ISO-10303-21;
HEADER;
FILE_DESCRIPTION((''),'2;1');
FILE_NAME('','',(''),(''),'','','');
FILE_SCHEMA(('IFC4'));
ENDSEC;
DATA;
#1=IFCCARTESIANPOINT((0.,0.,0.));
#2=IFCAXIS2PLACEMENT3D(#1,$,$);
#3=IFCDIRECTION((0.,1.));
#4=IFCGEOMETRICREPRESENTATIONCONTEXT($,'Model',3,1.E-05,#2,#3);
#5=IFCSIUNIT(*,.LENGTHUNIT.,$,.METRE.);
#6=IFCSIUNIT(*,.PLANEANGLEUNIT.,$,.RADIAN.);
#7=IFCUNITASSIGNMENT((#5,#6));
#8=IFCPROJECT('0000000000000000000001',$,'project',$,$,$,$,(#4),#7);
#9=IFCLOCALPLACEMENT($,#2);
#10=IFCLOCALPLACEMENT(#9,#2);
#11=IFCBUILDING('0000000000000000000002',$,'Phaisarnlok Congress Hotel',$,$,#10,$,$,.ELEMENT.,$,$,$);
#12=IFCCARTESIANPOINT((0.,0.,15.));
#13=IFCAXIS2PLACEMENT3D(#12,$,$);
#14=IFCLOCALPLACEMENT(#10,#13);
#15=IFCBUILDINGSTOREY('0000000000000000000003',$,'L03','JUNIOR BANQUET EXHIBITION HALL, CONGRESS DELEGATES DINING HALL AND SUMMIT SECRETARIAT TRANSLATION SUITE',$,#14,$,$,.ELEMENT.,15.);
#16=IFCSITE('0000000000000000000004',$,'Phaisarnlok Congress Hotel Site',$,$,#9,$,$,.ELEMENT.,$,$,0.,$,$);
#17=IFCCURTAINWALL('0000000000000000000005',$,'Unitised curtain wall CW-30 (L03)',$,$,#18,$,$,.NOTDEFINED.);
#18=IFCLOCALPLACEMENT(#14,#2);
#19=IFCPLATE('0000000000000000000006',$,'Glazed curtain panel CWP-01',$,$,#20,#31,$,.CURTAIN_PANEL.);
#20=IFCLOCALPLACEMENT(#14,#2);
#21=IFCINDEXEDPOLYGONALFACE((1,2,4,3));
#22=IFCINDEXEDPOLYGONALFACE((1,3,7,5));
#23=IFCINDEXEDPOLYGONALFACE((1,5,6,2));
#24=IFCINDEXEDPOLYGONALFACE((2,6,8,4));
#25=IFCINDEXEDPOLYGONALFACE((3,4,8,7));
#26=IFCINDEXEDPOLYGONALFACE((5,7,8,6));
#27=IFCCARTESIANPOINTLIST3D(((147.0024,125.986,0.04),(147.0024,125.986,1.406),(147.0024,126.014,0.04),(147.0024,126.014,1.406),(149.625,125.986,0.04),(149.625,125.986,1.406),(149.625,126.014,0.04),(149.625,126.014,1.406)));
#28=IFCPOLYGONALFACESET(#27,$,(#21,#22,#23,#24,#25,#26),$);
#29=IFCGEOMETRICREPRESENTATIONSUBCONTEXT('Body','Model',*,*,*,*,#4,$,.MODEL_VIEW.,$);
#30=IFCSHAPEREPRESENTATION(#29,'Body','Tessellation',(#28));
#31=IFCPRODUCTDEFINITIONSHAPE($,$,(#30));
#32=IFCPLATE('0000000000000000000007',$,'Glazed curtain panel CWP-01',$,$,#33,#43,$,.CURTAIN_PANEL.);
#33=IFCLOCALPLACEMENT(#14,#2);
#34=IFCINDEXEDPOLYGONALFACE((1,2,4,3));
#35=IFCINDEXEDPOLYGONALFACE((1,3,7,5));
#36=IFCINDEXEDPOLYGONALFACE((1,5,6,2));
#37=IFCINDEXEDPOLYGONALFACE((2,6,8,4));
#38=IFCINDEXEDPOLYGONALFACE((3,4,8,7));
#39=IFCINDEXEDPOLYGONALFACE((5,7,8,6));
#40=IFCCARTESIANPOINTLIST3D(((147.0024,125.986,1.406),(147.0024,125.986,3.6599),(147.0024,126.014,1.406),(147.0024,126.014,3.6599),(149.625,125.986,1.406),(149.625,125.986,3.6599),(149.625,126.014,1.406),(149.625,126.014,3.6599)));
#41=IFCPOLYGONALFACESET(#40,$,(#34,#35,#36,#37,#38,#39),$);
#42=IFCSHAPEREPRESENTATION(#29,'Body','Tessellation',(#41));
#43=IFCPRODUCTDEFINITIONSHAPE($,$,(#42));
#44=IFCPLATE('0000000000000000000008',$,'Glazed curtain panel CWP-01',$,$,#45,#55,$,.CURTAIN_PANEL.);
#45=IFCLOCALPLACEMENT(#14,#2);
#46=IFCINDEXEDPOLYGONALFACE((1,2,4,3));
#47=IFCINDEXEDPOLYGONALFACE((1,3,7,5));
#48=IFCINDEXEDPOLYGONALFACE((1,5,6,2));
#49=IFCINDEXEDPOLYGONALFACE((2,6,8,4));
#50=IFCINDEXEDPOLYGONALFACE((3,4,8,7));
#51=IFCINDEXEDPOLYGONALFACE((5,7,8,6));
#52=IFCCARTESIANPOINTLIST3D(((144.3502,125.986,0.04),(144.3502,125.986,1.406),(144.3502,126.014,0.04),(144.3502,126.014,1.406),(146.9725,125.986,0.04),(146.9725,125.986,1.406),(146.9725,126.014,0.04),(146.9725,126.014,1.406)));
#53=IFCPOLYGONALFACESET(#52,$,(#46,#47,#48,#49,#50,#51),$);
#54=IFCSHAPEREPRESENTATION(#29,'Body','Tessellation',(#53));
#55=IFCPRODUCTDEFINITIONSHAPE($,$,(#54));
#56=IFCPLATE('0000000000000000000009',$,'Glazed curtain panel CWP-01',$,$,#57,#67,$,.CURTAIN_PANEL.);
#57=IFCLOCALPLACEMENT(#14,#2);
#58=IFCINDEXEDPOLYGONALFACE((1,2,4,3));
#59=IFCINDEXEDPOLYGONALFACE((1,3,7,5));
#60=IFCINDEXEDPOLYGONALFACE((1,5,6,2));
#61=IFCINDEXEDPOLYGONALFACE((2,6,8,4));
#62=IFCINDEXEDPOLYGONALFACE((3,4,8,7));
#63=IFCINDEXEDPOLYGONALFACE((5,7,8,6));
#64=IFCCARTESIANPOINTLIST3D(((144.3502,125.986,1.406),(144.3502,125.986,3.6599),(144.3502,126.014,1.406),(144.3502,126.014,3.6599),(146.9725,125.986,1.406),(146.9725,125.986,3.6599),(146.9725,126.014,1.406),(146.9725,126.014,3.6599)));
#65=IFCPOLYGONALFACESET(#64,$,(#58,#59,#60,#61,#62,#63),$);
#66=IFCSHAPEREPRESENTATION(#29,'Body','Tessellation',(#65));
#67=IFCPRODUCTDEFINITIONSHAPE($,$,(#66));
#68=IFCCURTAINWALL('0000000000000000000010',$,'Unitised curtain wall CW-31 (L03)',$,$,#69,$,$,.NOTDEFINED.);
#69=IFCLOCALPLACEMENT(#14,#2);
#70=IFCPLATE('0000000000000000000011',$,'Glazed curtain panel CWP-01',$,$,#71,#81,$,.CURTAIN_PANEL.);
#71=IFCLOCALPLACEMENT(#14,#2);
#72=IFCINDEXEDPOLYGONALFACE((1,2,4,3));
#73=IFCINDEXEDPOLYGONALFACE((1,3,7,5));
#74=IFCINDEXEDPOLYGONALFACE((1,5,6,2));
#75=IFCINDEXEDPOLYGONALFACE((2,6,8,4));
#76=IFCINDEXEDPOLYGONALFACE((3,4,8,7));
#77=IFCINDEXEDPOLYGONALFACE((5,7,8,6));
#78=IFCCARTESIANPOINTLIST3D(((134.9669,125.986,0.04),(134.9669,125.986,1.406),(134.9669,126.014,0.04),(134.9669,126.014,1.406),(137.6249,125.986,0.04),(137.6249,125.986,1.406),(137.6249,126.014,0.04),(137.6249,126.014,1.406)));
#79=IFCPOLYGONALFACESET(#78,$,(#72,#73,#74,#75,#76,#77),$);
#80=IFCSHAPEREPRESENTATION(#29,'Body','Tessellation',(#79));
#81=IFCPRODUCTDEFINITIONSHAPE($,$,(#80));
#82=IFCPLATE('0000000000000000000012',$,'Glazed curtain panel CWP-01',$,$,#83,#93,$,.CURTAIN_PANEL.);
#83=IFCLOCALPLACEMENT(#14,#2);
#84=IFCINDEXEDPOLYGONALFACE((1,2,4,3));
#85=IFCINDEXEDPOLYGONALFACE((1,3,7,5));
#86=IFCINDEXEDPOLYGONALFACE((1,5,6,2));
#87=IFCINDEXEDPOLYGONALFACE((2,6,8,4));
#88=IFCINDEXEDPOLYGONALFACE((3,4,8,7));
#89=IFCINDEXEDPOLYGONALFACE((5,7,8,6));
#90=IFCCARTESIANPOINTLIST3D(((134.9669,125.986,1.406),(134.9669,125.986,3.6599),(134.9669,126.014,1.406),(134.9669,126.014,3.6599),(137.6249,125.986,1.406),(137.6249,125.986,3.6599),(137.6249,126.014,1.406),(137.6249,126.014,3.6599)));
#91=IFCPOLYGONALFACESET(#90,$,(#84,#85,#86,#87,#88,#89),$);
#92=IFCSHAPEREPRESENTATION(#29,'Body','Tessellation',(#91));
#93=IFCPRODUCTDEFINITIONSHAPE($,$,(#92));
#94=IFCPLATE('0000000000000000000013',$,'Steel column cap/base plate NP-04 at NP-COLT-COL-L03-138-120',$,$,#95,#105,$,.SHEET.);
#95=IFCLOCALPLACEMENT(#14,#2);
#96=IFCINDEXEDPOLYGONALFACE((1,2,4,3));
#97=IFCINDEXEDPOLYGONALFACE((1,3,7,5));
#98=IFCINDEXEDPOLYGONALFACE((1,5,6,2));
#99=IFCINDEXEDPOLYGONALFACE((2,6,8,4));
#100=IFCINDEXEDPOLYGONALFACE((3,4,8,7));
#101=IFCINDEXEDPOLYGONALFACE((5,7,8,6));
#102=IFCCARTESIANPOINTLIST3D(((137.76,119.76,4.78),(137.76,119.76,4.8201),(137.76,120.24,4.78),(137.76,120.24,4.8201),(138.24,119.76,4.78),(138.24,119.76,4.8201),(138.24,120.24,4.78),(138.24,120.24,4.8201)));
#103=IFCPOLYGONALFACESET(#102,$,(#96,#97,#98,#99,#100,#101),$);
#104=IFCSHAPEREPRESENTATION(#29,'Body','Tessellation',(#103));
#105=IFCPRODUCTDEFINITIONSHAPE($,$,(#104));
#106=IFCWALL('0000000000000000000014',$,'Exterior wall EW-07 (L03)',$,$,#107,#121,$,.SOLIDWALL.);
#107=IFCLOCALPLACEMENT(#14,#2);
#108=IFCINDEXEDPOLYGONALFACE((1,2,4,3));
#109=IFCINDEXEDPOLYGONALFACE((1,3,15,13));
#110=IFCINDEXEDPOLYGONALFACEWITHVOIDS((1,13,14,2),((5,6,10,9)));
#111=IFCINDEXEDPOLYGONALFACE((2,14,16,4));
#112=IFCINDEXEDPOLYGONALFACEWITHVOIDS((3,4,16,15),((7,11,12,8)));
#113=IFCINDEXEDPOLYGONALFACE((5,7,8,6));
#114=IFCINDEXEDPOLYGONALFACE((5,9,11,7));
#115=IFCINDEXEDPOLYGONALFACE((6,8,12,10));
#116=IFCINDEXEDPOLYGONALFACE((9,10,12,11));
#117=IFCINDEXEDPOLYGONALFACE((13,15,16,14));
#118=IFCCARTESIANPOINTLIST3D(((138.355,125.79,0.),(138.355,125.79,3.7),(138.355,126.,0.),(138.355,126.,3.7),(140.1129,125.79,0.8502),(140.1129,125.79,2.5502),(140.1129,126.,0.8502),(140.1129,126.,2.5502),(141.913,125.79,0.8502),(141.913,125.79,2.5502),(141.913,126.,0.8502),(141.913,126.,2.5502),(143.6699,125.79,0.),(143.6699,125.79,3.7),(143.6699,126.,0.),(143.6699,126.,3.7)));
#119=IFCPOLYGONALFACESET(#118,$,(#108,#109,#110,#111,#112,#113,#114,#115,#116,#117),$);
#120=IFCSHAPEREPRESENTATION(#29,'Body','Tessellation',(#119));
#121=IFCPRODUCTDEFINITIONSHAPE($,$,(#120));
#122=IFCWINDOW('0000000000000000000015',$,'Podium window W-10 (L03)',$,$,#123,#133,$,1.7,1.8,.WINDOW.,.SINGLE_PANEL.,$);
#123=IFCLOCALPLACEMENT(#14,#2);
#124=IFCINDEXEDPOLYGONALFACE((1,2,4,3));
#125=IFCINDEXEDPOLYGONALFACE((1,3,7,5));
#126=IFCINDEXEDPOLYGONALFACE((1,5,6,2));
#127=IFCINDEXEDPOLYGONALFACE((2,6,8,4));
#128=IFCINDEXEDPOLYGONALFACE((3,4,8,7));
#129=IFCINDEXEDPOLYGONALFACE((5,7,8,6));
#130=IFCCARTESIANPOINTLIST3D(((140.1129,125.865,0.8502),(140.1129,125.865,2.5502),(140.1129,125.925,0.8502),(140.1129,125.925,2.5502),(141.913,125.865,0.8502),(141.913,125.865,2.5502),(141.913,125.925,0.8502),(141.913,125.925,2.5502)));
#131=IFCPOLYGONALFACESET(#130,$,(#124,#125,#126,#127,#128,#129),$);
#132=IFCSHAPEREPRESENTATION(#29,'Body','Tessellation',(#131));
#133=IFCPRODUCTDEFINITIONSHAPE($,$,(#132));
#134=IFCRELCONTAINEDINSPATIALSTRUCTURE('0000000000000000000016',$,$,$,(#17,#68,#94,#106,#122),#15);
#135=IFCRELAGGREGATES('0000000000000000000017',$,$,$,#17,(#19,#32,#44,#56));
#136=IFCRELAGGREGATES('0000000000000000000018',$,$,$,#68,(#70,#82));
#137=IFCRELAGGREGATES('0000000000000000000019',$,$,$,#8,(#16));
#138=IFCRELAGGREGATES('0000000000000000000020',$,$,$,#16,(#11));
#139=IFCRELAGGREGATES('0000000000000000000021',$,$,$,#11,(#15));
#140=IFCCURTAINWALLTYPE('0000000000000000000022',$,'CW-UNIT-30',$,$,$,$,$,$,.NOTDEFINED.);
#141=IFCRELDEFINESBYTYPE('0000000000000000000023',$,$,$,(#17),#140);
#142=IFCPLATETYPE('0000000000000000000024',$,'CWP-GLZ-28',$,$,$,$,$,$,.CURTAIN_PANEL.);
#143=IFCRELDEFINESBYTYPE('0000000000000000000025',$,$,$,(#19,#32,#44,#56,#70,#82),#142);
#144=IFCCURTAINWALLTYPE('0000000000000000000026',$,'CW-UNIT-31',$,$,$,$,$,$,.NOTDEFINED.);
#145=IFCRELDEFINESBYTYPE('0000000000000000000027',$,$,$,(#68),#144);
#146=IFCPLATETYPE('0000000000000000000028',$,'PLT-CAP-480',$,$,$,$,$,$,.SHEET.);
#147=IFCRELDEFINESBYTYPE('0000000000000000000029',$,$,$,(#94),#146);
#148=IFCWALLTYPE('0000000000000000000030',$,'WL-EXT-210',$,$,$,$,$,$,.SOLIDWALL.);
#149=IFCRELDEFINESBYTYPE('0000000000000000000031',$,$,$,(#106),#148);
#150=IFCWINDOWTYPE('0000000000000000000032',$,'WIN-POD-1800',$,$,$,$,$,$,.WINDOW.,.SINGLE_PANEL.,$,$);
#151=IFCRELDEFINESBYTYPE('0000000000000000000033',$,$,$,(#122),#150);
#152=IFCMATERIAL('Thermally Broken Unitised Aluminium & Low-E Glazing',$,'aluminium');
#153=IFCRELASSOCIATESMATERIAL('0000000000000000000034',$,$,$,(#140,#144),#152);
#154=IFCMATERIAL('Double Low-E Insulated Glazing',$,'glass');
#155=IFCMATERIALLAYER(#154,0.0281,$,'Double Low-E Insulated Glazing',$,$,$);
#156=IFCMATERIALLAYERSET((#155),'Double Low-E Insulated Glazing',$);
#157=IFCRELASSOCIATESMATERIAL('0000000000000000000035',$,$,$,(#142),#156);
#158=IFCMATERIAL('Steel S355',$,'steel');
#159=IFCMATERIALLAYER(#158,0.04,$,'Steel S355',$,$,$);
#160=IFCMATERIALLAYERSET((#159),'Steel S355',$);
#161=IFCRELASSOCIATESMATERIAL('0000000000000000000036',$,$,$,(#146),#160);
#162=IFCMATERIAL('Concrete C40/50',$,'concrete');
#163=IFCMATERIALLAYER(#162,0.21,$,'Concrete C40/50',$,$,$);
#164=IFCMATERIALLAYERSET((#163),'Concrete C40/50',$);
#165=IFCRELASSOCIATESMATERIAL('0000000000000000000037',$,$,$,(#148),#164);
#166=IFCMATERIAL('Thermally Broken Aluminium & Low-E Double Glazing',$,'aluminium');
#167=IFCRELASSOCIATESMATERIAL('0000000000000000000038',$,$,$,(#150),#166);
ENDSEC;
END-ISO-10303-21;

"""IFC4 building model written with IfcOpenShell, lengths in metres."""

from ifc_helpers import new_model, si_unit, direction, frame, frame_2d, origin, origin_2d, place, context, subcontext, project, spatial, rectangle, extrude, material, layer, layer_set, type_object, element, fill, aggregate, save


model = new_model("IFC4")

# Units and contexts
model_context = context("Model", 3, precision=1e-05, world=origin(), true_north=direction((0.0, 1.0)))
body_context = subcontext(model_context, "Body", "Model", "MODEL_VIEW")
ifc_project = project(units=[si_unit("LENGTHUNIT", "METRE"), si_unit("PLANEANGLEUNIT", "RADIAN")], contexts=[model_context])

# Site, building, storey
site_placement = place(None, origin())
site = spatial("IfcSite", under=ifc_project, at=site_placement, Name="Phaisarnlok Congress Hotel Site", CompositionType="ELEMENT", RefElevation=0.0)
building_placement = place(site_placement, origin())
building = spatial("IfcBuilding", under=site, at=building_placement, Name="Phaisarnlok Congress Hotel", CompositionType="ELEMENT")
storey_placement = place(building_placement, frame((0.0, 0.0, 15.0)))
storey = spatial("IfcBuildingStorey", under=building, at=storey_placement, Name="L03", Description="JUNIOR BANQUET EXHIBITION HALL, CONGRESS DELEGATES DINING HALL AND SUMMIT SECRETARIAT TRANSLATION SUITE", CompositionType="ELEMENT", Elevation=15.0)

# Shared definitions
ifc_material_1 = material(Name="Steel S355", Category="steel")

# Shared definitions
ifc_material_2 = material(Name="Concrete C40/50", Category="concrete")

# Curtain wall
ifc_material_3 = material(Name="Thermally Broken Unitised Aluminium & Low-E Glazing", Category="aluminium")
curtain_wall_type_1 = type_object("IfcCurtainWallType", Name="CW-UNIT-30", PredefinedType="NOTDEFINED", material=ifc_material_3)
curtain_wall_1_placement = place(storey_placement, origin())
curtain_wall_1 = element("IfcCurtainWall", 1, at=curtain_wall_1_placement, inside=storey, type_object=curtain_wall_type_1, Name="Unitised curtain wall CW-30 (L03)", PredefinedType="NOTDEFINED")

# Plates
ifc_material_4 = material(Name="Double Low-E Insulated Glazing", Category="glass")
ifc_layer_1 = layer(ifc_material_4, 0.0281, Name="Double Low-E Insulated Glazing")
ifc_layer_set_1 = layer_set([ifc_layer_1], Name="Double Low-E Insulated Glazing")
plate_type_1 = type_object("IfcPlateType", Name="CWP-GLZ-28", PredefinedType="CURTAIN_PANEL", material=ifc_layer_set_1)
plate_1_placement = place(storey_placement, frame((149.625, 126.0, 0.04), z_axis=(0.0, 0.0, 1.0), x_axis=(-1.0, 0.0, 0.0)))
plate_1 = element("IfcPlate", 2, at=plate_1_placement, type_object=plate_type_1, Name="Glazed curtain panel CWP-01", PredefinedType="CURTAIN_PANEL", context=body_context, shape_type="SweptSolid", body=[
    extrude(rectangle(XDim=2.6226, YDim=0.0281, at=frame_2d((1.3113, 0.0))), origin(), (0.0, 0.0, 1.0), 1.366),
])
plate_2_placement = place(storey_placement, frame((149.625, 126.0, 1.406), z_axis=(0.0, 0.0, 1.0), x_axis=(-1.0, 0.0, 0.0)))
plate_2 = element("IfcPlate", 3, at=plate_2_placement, type_object=plate_type_1, Name="Glazed curtain panel CWP-01", PredefinedType="CURTAIN_PANEL", context=body_context, shape_type="SweptSolid", body=[
    extrude(rectangle(XDim=2.6226, YDim=0.0281, at=frame_2d((1.3113, 0.0))), origin(), (0.0, 0.0, 1.0), 2.2539),
])
plate_3_placement = place(storey_placement, frame((146.9724, 126.0, 0.04), z_axis=(0.0, 0.0, 1.0), x_axis=(-1.0, 0.0, 0.0)))
plate_3 = element("IfcPlate", 4, at=plate_3_placement, type_object=plate_type_1, Name="Glazed curtain panel CWP-01", PredefinedType="CURTAIN_PANEL", context=body_context, shape_type="SweptSolid", body=[
    extrude(rectangle(XDim=2.6223, YDim=0.0281, at=frame_2d((1.311, 0.0))), origin(), (0.0, 0.0, 1.0), 1.366),
])
plate_4_placement = place(storey_placement, frame((146.9724, 126.0, 1.406), z_axis=(0.0, 0.0, 1.0), x_axis=(-1.0, 0.0, 0.0)))
plate_4 = element("IfcPlate", 5, at=plate_4_placement, type_object=plate_type_1, Name="Glazed curtain panel CWP-01", PredefinedType="CURTAIN_PANEL", context=body_context, shape_type="SweptSolid", body=[
    extrude(rectangle(XDim=2.6223, YDim=0.0281, at=frame_2d((1.311, 0.0))), origin(), (0.0, 0.0, 1.0), 2.2539),
])
aggregate(curtain_wall_1, [plate_1, plate_2, plate_3, plate_4])

# Curtain wall, plates
curtain_wall_type_2 = type_object("IfcCurtainWallType", Name="CW-UNIT-31", PredefinedType="NOTDEFINED", material=ifc_material_3)
curtain_wall_2_placement = place(storey_placement, origin())
curtain_wall_2 = element("IfcCurtainWall", 6, at=curtain_wall_2_placement, inside=storey, type_object=curtain_wall_type_2, Name="Unitised curtain wall CW-31 (L03)", PredefinedType="NOTDEFINED")
plate_5_placement = place(storey_placement, frame((137.625, 126.0, 0.04), z_axis=(0.0, 0.0, 1.0), x_axis=(-1.0, 0.0, 0.0)))
plate_5 = element("IfcPlate", 7, at=plate_5_placement, type_object=plate_type_1, Name="Glazed curtain panel CWP-01", PredefinedType="CURTAIN_PANEL", context=body_context, shape_type="SweptSolid", body=[
    extrude(rectangle(XDim=2.658, YDim=0.0281, at=frame_2d((1.3291, 0.0))), origin(), (0.0, 0.0, 1.0), 1.366),
])
plate_6_placement = place(storey_placement, frame((137.625, 126.0, 1.406), z_axis=(0.0, 0.0, 1.0), x_axis=(-1.0, 0.0, 0.0)))
plate_6 = element("IfcPlate", 8, at=plate_6_placement, type_object=plate_type_1, Name="Glazed curtain panel CWP-01", PredefinedType="CURTAIN_PANEL", context=body_context, shape_type="SweptSolid", body=[
    extrude(rectangle(XDim=2.658, YDim=0.0281, at=frame_2d((1.3291, 0.0))), origin(), (0.0, 0.0, 1.0), 2.2539),
])
aggregate(curtain_wall_2, [plate_5, plate_6])

# Plate
ifc_layer_2 = layer(ifc_material_1, 0.04, Name="Steel S355")
ifc_layer_set_2 = layer_set([ifc_layer_2], Name="Steel S355")
plate_type_2 = type_object("IfcPlateType", Name="PLT-CAP-480", PredefinedType="SHEET", material=ifc_layer_set_2)
plate_7_placement = place(storey_placement, frame((138.0, 120.0, 4.78), z_axis=(0.0, 0.0, 1.0), x_axis=(1.0, 0.0, 0.0)))
element("IfcPlate", 9, at=plate_7_placement, inside=storey, type_object=plate_type_2, Name="Steel column cap/base plate NP-04 at NP-COLT-COL-L03-138-120", PredefinedType="SHEET", context=body_context, shape_type="SweptSolid", body=[
    extrude(rectangle(XDim=0.48, YDim=0.48, at=origin_2d()), origin(), (0.0, 0.0, 1.0), 0.04),
])

# Wall, opening, window
ifc_layer_3 = layer(ifc_material_2, 0.21, Name="Concrete C40/50")
ifc_layer_set_3 = layer_set([ifc_layer_3], Name="Concrete C40/50")
wall_type = type_object("IfcWallType", Name="WL-EXT-210", PredefinedType="SOLIDWALL", material=ifc_layer_set_3)
wall_placement = place(storey_placement, frame((143.6699, 125.895, 0.0), z_axis=(0.0, 0.0, 1.0), x_axis=(-1.0, 0.0, 0.0)))
wall = element("IfcWall", 10, at=wall_placement, inside=storey, type_object=wall_type, Name="Exterior wall EW-07 (L03)", PredefinedType="SOLIDWALL", context=body_context, shape_type="SweptSolid", body=[
    extrude(rectangle(XDim=5.3149, YDim=0.21, at=frame_2d((2.6575, 0.0))), origin(), (0.0, 0.0, 1.0), 3.7),
])
opening_placement = place(wall_placement, frame((1.7571, 0.0, 0.8501)))
opening = element("IfcOpeningElement", 11, at=opening_placement, cuts=wall, PredefinedType="OPENING", context=body_context, shape_type="SweptSolid", body=[
    extrude(rectangle(XDim=1.8, YDim=1.7, at=frame_2d((0.8999, 0.8501))), frame((0.0, 0.115, 0.0), z_axis=(0.0, -1.0, 0.0), x_axis=(1.0, 0.0, 0.0)), (0.0, 0.0, 1.0), 0.23),
])
ifc_material_5 = material(Name="Thermally Broken Aluminium & Low-E Double Glazing", Category="aluminium")
window_type = type_object("IfcWindowType", Name="WIN-POD-1800", PartitioningType="SINGLE_PANEL", PredefinedType="WINDOW", material=ifc_material_5)
window_placement = place(opening_placement, origin())
window = element("IfcWindow", 12, at=window_placement, inside=storey, type_object=window_type, Name="Podium window W-10 (L03)", OverallHeight=1.7, OverallWidth=1.8, PartitioningType="SINGLE_PANEL", PredefinedType="WINDOW", context=body_context, shape_type="SweptSolid", body=[
    extrude(rectangle(XDim=1.8, YDim=1.7, at=frame_2d((0.8999, 0.8501))), frame((0.0, 0.03, 0.0), z_axis=(0.0, -1.0, 0.0), x_axis=(1.0, 0.0, 0.0)), (0.0, 0.0, 1.0), 0.0601),
])
fill(opening, window)

save(model, "model.ifc")
